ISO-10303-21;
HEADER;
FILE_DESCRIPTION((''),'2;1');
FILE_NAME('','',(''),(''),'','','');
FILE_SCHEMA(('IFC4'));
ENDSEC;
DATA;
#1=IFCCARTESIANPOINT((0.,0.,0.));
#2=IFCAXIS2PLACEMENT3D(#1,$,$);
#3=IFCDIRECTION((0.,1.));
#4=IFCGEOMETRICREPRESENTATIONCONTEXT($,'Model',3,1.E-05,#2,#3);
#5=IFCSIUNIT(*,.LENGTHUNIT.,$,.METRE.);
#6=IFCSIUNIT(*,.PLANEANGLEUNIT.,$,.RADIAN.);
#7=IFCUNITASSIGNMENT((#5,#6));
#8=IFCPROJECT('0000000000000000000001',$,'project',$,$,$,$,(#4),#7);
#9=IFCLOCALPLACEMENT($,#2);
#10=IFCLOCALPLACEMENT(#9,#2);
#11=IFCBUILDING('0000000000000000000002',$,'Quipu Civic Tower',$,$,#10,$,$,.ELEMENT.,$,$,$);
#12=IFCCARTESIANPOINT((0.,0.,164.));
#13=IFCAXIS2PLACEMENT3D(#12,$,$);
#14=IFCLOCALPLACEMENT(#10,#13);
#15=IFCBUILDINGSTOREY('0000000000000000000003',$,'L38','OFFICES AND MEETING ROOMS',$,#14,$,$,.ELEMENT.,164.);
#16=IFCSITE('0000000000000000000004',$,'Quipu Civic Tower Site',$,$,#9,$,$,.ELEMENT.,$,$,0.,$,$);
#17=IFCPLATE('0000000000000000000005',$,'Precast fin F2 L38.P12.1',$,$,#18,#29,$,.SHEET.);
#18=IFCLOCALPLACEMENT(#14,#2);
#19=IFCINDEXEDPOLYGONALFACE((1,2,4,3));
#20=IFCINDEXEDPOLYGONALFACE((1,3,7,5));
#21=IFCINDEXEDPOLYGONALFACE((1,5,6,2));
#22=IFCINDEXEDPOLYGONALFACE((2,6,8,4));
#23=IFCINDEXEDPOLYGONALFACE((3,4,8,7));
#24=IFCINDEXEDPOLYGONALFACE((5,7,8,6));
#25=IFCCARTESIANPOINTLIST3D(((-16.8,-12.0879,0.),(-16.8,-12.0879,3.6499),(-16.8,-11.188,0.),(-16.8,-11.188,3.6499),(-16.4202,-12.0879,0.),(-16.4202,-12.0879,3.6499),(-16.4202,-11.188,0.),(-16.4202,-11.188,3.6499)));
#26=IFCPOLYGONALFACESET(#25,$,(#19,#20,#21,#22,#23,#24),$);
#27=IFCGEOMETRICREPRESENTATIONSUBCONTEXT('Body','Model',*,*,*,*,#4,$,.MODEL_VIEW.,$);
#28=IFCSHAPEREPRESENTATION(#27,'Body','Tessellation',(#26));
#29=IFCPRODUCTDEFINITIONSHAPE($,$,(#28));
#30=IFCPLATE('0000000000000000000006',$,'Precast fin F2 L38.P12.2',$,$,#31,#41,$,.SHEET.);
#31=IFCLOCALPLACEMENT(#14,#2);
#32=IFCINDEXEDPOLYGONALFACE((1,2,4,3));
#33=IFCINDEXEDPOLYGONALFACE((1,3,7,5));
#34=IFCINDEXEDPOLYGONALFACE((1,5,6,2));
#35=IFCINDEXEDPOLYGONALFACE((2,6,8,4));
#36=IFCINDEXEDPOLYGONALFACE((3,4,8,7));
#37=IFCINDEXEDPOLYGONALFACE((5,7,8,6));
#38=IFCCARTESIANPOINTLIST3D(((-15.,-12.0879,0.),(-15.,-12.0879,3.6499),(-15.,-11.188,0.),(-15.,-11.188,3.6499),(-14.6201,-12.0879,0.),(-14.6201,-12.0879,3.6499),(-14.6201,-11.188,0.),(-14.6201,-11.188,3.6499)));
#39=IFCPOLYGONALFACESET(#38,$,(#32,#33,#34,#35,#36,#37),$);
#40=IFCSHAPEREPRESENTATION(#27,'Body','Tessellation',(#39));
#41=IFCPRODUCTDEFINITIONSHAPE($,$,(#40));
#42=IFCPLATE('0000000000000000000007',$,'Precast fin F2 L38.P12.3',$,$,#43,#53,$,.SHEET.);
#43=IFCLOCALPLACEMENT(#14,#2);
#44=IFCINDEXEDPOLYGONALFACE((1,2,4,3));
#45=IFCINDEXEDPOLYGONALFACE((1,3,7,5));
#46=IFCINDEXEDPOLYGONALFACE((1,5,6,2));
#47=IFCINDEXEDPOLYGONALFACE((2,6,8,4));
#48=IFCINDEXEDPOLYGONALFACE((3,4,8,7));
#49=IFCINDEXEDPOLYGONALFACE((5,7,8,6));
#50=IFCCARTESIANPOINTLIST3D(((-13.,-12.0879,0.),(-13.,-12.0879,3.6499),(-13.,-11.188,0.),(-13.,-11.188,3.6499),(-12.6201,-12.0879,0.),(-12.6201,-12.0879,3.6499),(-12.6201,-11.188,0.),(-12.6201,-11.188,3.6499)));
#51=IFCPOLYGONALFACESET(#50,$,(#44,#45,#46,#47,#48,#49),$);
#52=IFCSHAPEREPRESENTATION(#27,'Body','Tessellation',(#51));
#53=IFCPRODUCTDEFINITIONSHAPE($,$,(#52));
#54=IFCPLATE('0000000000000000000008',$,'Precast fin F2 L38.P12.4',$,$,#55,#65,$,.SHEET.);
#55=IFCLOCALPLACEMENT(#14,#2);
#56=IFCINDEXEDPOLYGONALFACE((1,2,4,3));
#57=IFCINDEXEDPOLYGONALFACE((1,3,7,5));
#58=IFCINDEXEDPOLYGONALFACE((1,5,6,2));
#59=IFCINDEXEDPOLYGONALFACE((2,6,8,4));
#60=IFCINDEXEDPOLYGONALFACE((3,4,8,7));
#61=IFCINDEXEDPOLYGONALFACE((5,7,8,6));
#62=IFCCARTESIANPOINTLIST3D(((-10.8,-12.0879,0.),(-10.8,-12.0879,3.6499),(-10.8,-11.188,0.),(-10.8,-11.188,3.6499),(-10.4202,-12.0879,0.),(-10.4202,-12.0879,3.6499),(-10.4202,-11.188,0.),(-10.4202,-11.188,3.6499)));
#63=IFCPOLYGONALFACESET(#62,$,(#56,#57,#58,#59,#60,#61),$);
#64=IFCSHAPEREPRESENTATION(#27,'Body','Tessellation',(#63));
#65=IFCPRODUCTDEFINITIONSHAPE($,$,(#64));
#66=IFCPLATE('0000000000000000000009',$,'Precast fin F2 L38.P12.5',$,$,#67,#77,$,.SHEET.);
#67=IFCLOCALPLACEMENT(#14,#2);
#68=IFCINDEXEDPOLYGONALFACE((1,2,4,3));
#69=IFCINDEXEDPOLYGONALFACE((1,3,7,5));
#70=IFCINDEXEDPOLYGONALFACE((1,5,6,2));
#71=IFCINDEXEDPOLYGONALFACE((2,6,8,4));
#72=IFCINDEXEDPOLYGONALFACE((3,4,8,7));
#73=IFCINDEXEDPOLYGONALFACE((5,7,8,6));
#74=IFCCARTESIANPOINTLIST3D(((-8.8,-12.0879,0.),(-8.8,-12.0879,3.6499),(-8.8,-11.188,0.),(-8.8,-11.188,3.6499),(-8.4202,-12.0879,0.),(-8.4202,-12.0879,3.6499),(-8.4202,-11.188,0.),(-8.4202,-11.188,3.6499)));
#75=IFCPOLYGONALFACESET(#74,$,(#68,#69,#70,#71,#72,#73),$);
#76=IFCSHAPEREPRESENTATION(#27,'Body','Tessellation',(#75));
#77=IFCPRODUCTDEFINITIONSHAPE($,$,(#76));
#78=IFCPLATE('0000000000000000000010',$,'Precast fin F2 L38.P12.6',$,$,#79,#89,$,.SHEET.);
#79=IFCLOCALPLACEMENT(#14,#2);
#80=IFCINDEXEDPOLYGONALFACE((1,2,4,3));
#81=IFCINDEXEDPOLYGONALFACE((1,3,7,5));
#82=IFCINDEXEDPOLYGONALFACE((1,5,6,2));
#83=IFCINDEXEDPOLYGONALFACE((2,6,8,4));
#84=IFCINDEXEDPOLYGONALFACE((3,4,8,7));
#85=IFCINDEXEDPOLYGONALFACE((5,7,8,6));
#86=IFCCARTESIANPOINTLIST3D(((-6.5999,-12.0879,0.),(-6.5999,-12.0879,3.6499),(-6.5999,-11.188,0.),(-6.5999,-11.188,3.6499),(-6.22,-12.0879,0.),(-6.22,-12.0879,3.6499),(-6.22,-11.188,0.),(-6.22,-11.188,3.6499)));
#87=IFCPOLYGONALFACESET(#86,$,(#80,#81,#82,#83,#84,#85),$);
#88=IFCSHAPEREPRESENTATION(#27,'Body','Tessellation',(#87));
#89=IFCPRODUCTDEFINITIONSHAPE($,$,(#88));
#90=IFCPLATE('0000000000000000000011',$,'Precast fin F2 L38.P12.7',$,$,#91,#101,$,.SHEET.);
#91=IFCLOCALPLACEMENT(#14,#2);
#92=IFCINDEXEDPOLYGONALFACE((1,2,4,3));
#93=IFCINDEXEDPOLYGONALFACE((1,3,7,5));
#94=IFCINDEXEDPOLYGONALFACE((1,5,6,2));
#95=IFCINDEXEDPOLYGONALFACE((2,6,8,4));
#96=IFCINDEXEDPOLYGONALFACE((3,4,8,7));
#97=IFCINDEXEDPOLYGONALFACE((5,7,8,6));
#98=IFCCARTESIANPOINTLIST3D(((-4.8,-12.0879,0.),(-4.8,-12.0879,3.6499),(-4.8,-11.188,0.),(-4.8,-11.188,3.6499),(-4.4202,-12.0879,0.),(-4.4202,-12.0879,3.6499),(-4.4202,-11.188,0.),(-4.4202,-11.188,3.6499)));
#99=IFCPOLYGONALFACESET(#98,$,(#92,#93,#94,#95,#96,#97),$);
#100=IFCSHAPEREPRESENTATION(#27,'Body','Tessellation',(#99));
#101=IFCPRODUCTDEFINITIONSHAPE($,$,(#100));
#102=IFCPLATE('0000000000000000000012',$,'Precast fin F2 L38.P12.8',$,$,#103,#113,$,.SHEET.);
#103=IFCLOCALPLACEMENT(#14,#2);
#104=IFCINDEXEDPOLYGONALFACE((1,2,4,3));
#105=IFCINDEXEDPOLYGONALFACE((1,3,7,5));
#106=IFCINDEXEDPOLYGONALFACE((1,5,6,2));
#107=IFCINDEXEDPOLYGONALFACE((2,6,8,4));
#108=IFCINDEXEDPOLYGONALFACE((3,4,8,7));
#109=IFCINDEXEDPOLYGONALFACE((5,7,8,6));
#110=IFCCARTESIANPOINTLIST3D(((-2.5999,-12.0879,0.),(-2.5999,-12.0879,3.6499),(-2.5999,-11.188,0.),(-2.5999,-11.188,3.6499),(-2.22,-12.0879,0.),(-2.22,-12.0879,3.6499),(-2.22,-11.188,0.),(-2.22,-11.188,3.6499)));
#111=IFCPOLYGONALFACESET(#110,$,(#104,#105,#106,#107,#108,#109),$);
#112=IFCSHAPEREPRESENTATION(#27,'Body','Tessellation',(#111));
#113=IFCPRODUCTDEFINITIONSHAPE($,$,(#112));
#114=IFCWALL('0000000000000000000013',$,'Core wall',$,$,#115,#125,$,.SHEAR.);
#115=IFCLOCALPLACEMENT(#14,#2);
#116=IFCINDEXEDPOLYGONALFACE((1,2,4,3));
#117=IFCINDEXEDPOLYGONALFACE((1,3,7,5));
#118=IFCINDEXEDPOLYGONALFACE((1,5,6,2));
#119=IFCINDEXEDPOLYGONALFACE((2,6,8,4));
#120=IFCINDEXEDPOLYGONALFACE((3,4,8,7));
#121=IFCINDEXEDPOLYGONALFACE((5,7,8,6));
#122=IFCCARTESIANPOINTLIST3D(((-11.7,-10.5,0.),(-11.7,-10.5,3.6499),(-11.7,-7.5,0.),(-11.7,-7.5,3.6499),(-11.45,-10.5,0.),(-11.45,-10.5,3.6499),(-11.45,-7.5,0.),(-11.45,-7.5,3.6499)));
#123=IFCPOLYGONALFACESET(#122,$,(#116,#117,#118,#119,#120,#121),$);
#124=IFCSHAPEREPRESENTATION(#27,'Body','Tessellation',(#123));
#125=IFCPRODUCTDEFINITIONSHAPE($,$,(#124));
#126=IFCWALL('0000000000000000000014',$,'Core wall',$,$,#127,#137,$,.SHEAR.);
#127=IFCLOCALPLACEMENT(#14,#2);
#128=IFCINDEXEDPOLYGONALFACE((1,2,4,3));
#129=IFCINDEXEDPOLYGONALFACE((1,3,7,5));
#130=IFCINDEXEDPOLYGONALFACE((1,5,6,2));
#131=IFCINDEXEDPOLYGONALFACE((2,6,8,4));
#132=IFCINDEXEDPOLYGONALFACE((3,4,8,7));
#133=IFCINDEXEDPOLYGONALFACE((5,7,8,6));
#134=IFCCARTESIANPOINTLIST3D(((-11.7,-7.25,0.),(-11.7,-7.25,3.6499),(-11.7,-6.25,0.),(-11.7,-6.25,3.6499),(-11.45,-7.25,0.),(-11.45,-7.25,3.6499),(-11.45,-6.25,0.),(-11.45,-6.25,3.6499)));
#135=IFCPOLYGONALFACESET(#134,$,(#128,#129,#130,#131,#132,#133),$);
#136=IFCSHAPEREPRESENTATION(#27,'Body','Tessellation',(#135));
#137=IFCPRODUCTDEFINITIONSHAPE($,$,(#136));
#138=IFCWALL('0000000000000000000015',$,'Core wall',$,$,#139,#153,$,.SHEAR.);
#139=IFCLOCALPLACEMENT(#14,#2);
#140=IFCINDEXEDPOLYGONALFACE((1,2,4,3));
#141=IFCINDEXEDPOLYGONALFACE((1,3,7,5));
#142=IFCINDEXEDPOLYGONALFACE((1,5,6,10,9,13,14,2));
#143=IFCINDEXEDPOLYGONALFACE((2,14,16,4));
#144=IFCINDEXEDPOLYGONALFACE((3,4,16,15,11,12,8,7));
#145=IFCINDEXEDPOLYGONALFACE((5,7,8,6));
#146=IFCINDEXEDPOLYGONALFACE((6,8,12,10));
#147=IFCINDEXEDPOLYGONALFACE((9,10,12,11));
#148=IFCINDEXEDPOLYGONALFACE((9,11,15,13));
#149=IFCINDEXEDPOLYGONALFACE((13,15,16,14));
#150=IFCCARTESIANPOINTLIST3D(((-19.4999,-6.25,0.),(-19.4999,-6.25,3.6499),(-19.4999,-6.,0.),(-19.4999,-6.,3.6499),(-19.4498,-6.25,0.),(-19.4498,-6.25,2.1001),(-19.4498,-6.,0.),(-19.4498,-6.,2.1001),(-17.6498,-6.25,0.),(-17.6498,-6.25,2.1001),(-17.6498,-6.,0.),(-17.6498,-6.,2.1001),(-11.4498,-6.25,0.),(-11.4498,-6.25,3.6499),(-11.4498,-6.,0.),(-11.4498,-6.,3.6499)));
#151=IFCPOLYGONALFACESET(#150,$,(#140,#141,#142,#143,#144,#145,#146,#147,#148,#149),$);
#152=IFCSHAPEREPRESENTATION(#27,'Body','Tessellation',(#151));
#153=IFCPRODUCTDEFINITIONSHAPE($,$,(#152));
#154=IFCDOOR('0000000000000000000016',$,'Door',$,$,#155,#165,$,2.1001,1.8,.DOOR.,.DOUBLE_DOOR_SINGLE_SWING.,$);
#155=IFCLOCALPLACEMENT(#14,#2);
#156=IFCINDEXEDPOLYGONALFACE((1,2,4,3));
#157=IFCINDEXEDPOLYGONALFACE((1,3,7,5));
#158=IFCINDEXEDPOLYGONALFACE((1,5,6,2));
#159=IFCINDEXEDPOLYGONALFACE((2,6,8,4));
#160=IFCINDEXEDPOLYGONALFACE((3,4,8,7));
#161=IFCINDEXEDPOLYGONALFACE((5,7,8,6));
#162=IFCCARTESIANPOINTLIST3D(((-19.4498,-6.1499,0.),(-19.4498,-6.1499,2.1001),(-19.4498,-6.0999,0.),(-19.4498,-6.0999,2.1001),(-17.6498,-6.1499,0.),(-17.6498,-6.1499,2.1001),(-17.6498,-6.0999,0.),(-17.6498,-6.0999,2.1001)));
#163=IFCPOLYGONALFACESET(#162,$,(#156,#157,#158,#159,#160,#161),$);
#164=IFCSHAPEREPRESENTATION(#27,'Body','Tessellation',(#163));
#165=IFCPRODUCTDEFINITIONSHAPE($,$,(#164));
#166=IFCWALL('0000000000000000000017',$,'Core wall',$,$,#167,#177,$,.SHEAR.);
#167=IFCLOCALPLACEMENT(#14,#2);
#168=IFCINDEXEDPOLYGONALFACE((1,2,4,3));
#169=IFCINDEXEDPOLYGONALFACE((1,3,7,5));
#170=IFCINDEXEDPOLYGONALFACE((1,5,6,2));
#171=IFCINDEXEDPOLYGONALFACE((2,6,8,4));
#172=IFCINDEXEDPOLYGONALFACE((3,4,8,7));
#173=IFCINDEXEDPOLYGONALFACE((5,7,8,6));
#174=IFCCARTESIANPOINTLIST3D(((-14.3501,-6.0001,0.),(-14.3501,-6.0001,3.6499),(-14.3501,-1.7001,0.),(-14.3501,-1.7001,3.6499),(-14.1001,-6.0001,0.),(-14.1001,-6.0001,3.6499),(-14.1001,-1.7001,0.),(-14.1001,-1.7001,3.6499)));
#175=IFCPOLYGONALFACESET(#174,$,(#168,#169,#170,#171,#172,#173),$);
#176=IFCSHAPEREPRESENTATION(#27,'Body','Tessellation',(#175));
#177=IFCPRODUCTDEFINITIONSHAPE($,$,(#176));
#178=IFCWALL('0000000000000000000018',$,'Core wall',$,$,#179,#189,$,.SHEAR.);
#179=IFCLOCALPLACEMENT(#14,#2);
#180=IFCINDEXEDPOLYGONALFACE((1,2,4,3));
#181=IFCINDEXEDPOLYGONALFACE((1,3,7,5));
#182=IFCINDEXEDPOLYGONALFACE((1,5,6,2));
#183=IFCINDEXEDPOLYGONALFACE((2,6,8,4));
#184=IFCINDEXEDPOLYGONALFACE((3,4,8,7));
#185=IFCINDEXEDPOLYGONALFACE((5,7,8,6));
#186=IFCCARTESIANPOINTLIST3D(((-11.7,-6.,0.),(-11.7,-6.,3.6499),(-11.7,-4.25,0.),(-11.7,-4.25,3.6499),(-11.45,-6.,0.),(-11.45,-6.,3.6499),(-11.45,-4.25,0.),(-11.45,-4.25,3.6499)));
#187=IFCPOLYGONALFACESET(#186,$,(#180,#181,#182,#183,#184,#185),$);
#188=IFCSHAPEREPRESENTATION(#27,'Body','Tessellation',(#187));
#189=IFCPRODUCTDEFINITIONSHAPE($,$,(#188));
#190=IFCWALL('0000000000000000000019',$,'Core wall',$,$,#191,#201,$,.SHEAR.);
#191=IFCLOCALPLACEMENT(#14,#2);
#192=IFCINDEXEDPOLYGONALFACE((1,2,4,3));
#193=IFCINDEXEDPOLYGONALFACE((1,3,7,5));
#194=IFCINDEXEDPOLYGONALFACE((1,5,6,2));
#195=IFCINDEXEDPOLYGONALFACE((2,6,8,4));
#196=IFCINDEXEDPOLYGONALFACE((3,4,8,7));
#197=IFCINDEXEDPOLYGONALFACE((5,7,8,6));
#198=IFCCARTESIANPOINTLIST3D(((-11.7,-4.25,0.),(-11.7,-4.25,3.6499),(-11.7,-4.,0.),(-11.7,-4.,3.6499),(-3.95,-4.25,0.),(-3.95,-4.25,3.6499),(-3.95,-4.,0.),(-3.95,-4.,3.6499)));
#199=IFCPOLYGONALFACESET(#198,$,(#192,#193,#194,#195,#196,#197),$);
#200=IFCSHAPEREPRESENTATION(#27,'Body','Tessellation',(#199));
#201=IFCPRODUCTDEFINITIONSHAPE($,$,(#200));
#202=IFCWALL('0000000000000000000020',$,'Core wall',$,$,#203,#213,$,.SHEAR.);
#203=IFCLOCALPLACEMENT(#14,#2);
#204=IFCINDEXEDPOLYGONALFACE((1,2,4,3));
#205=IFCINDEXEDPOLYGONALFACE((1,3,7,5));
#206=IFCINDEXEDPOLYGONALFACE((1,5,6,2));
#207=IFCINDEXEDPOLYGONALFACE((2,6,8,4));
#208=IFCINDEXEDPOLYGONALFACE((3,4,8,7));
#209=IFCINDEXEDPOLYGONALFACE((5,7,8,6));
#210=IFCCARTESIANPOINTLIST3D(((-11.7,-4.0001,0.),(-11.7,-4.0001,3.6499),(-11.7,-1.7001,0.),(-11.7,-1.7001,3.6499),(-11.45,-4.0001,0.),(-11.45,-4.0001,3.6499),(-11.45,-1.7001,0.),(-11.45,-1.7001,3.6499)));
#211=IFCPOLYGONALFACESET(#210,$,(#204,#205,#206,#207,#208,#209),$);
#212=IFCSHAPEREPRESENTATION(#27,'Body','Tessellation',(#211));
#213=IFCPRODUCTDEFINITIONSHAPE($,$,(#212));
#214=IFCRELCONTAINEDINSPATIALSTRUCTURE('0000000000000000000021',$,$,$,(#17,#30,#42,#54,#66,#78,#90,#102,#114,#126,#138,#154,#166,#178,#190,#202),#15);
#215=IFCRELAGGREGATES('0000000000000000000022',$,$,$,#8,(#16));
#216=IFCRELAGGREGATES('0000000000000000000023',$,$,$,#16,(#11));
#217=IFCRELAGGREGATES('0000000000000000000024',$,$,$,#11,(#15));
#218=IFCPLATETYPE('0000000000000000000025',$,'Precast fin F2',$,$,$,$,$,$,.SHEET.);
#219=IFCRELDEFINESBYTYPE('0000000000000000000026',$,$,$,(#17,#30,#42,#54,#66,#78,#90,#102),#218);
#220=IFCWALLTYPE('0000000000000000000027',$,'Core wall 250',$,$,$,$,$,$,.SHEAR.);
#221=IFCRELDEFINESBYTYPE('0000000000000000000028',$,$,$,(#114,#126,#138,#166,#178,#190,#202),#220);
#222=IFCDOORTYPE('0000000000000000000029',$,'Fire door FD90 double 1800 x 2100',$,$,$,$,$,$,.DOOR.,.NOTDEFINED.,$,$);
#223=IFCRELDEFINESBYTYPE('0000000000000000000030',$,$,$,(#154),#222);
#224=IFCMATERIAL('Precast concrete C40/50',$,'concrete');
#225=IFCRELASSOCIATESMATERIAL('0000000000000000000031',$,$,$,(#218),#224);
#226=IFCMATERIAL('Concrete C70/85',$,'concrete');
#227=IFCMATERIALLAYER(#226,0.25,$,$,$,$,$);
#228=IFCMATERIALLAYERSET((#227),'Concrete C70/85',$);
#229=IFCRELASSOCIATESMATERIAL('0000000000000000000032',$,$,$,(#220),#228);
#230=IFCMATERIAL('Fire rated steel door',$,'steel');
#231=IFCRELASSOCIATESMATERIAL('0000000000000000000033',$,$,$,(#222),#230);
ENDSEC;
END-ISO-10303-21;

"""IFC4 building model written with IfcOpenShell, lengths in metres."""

from ifc_helpers import new_model, si_unit, direction, frame, frame_2d, origin, origin_2d, place, context, subcontext, project, spatial, rectangle, extrude, material, layer, layer_set, type_object, element, fill, save


model = new_model("IFC4")

# Units and contexts
model_context = context("Model", 3, precision=1e-05, world=origin(), true_north=direction((0.0, 1.0)))
body_context = subcontext(model_context, "Body", "Model", "MODEL_VIEW")
ifc_project = project(units=[si_unit("LENGTHUNIT", "METRE"), si_unit("PLANEANGLEUNIT", "RADIAN")], contexts=[model_context])

# Site, building, storey
site_placement = place(None, origin())
site = spatial("IfcSite", under=ifc_project, at=site_placement, Name="Quipu Civic Tower Site", CompositionType="ELEMENT", RefElevation=0.0)
building_placement = place(site_placement, origin())
building = spatial("IfcBuilding", under=site, at=building_placement, Name="Quipu Civic Tower", CompositionType="ELEMENT")
storey_placement = place(building_placement, frame((0.0, 0.0, 164.0)))
storey = spatial("IfcBuildingStorey", under=building, at=storey_placement, Name="L38", Description="OFFICES AND MEETING ROOMS", CompositionType="ELEMENT", Elevation=164.0)

# Plates
ifc_material_1 = material(Name="Precast concrete C40/50", Category="concrete")
plate_type = type_object("IfcPlateType", Name="Precast fin F2", PredefinedType="SHEET", material=ifc_material_1)
for number, where, z_axis, x_axis, name in (
    (1, (-16.6101, -11.6379, 0.0), (0.0, 0.0, 1.0), (1.0, 0.0, 0.0), "Precast fin F2 L38.P12.1"),
    (2, (-14.8101, -11.6379, 0.0), (0.0, 0.0, 1.0), (1.0, 0.0, 0.0), "Precast fin F2 L38.P12.2"),
    (3, (-12.8101, -11.6379, 0.0), (0.0, 0.0, 1.0), (1.0, 0.0, 0.0), "Precast fin F2 L38.P12.3"),
    (4, (-10.6101, -11.6379, 0.0), (0.0, 0.0, 1.0), (1.0, 0.0, 0.0), "Precast fin F2 L38.P12.4"),
    (5, (-8.6101, -11.6379, 0.0), (0.0, 0.0, 1.0), (1.0, 0.0, 0.0), "Precast fin F2 L38.P12.5"),
    (6, (-6.4099, -11.6379, 0.0), (0.0, 0.0, 1.0), (1.0, 0.0, 0.0), "Precast fin F2 L38.P12.6"),
    (7, (-4.6101, -11.6379, 0.0), (0.0, 0.0, 1.0), (1.0, 0.0, 0.0), "Precast fin F2 L38.P12.7"),
    (8, (-2.4099, -11.6379, 0.0), (0.0, 0.0, 1.0), (1.0, 0.0, 0.0), "Precast fin F2 L38.P12.8"),
):
    element("IfcPlate", number, at=place(storey_placement, frame(where, z_axis=z_axis, x_axis=x_axis)), inside=storey, type_object=plate_type, Name=name, PredefinedType="SHEET", context=body_context, shape_type="SweptSolid", body=[
        extrude(rectangle(XDim=0.3799, YDim=0.8999, at=origin_2d()), origin(), (0.0, 0.0, 1.0), 3.6499),
    ])

# Walls
ifc_material_2 = material(Name="Concrete C70/85", Category="concrete")
ifc_layer_1 = layer(ifc_material_2, 0.25)
ifc_layer_set_1 = layer_set([ifc_layer_1], Name="Concrete C70/85")
wall_type_1 = type_object("IfcWallType", Name="Core wall 250", PredefinedType="SHEAR", material=ifc_layer_set_1)
wall_1_placement = place(storey_placement, frame((-11.575, -10.5, 0.0), z_axis=(0.0, 0.0, 1.0), x_axis=(0.0, 1.0, 0.0)))
element("IfcWall", 9, at=wall_1_placement, inside=storey, type_object=wall_type_1, Name="Core wall", PredefinedType="SHEAR", context=body_context, shape_type="SweptSolid", body=[
    extrude(rectangle(XDim=3.0, YDim=0.25, at=frame_2d((1.5, 0.0))), origin(), (0.0, 0.0, 1.0), 3.6499),
])
wall_2_placement = place(storey_placement, frame((-11.575, -7.25, 0.0), z_axis=(0.0, 0.0, 1.0), x_axis=(0.0, 1.0, 0.0)))
element("IfcWall", 10, at=wall_2_placement, inside=storey, type_object=wall_type_1, Name="Core wall", PredefinedType="SHEAR", context=body_context, shape_type="SweptSolid", body=[
    extrude(rectangle(XDim=1.0, YDim=0.25, at=frame_2d((0.5, 0.0))), origin(), (0.0, 0.0, 1.0), 3.6499),
])

# Wall, opening, door
wall_3_placement = place(storey_placement, frame((-11.45, -6.125, 0.0), z_axis=(0.0, 0.0, 1.0), x_axis=(-1.0, 0.0, 0.0)))
wall_3 = element("IfcWall", 11, at=wall_3_placement, inside=storey, type_object=wall_type_1, Name="Core wall", PredefinedType="SHEAR", context=body_context, shape_type="SweptSolid", body=[
    extrude(rectangle(XDim=8.05, YDim=0.25, at=frame_2d((4.0249, 0.0))), origin(), (0.0, 0.0, 1.0), 3.6499),
])
opening_1_placement = place(wall_3_placement, frame((6.2, 0.0, 0.0)))
opening_1 = element("IfcOpeningElement", 12, at=opening_1_placement, cuts=wall_3, PredefinedType="OPENING", context=body_context, shape_type="SweptSolid", body=[
    extrude(rectangle(XDim=1.8, YDim=2.1001, at=frame_2d((0.8999, 1.05))), frame((0.0, 0.135, 0.0), z_axis=(0.0, -1.0, 0.0), x_axis=(1.0, 0.0, 0.0)), (0.0, 0.0, 1.0), 0.27),
])
ifc_material_3 = material(Name="Fire rated steel door", Category="steel")
door_type_1 = type_object("IfcDoorType", Name="Fire door FD90 double 1800 x 2100", OperationType="NOTDEFINED", PredefinedType="DOOR", material=ifc_material_3)
door_1_placement = place(opening_1_placement, origin())
door_1 = element("IfcDoor", 13, at=door_1_placement, inside=storey, type_object=door_type_1, Name="Door", OperationType="DOUBLE_DOOR_SINGLE_SWING", OverallHeight=2.1001, OverallWidth=1.8, PredefinedType="DOOR", context=body_context, shape_type="SweptSolid", body=[
    extrude(rectangle(XDim=1.8, YDim=2.1001, at=frame_2d((0.8999, 1.05))), frame((0.0, 0.0249, 0.0), z_axis=(0.0, -1.0, 0.0), x_axis=(1.0, 0.0, 0.0)), (0.0, 0.0, 1.0), 0.05),
])
fill(opening_1, door_1)

# Walls
wall_4_placement = place(storey_placement, frame((-14.2251, -6.0, 0.0), z_axis=(0.0, 0.0, 1.0), x_axis=(0.0, 1.0, 0.0)))
element("IfcWall", 14, at=wall_4_placement, inside=storey, type_object=wall_type_1, Name="Core wall", PredefinedType="SHEAR", context=body_context, shape_type="SweptSolid", body=[
    extrude(rectangle(XDim=4.3, YDim=0.25, at=frame_2d((2.1499, 0.0))), origin(), (0.0, 0.0, 1.0), 3.6499),
])
wall_5_placement = place(storey_placement, frame((-11.575, -6.0, 0.0), z_axis=(0.0, 0.0, 1.0), x_axis=(0.0, 1.0, 0.0)))
element("IfcWall", 15, at=wall_5_placement, inside=storey, type_object=wall_type_1, Name="Core wall", PredefinedType="SHEAR", context=body_context, shape_type="SweptSolid", body=[
    extrude(rectangle(XDim=1.75, YDim=0.25, at=frame_2d((0.875, 0.0))), origin(), (0.0, 0.0, 1.0), 3.6499),
])
wall_6_placement = place(storey_placement, frame((-11.7, -4.125, 0.0), z_axis=(0.0, 0.0, 1.0), x_axis=(1.0, 0.0, 0.0)))
element("IfcWall", 16, at=wall_6_placement, inside=storey, type_object=wall_type_1, Name="Core wall", PredefinedType="SHEAR", context=body_context, shape_type="SweptSolid", body=[
    extrude(rectangle(XDim=7.75, YDim=0.25, at=frame_2d((3.875, 0.0))), origin(), (0.0, 0.0, 1.0), 3.6499),
])
wall_7_placement = place(storey_placement, frame((-11.575, -4.0, 0.0), z_axis=(0.0, 0.0, 1.0), x_axis=(0.0, 1.0, 0.0)))
element("IfcWall", 17, at=wall_7_placement, inside=storey, type_object=wall_type_1, Name="Core wall", PredefinedType="SHEAR", context=body_context, shape_type="SweptSolid", body=[
    extrude(rectangle(XDim=2.3, YDim=0.25, at=frame_2d((1.1499, 0.0))), origin(), (0.0, 0.0, 1.0), 3.6499),
])

save(model, "model.ifc")
